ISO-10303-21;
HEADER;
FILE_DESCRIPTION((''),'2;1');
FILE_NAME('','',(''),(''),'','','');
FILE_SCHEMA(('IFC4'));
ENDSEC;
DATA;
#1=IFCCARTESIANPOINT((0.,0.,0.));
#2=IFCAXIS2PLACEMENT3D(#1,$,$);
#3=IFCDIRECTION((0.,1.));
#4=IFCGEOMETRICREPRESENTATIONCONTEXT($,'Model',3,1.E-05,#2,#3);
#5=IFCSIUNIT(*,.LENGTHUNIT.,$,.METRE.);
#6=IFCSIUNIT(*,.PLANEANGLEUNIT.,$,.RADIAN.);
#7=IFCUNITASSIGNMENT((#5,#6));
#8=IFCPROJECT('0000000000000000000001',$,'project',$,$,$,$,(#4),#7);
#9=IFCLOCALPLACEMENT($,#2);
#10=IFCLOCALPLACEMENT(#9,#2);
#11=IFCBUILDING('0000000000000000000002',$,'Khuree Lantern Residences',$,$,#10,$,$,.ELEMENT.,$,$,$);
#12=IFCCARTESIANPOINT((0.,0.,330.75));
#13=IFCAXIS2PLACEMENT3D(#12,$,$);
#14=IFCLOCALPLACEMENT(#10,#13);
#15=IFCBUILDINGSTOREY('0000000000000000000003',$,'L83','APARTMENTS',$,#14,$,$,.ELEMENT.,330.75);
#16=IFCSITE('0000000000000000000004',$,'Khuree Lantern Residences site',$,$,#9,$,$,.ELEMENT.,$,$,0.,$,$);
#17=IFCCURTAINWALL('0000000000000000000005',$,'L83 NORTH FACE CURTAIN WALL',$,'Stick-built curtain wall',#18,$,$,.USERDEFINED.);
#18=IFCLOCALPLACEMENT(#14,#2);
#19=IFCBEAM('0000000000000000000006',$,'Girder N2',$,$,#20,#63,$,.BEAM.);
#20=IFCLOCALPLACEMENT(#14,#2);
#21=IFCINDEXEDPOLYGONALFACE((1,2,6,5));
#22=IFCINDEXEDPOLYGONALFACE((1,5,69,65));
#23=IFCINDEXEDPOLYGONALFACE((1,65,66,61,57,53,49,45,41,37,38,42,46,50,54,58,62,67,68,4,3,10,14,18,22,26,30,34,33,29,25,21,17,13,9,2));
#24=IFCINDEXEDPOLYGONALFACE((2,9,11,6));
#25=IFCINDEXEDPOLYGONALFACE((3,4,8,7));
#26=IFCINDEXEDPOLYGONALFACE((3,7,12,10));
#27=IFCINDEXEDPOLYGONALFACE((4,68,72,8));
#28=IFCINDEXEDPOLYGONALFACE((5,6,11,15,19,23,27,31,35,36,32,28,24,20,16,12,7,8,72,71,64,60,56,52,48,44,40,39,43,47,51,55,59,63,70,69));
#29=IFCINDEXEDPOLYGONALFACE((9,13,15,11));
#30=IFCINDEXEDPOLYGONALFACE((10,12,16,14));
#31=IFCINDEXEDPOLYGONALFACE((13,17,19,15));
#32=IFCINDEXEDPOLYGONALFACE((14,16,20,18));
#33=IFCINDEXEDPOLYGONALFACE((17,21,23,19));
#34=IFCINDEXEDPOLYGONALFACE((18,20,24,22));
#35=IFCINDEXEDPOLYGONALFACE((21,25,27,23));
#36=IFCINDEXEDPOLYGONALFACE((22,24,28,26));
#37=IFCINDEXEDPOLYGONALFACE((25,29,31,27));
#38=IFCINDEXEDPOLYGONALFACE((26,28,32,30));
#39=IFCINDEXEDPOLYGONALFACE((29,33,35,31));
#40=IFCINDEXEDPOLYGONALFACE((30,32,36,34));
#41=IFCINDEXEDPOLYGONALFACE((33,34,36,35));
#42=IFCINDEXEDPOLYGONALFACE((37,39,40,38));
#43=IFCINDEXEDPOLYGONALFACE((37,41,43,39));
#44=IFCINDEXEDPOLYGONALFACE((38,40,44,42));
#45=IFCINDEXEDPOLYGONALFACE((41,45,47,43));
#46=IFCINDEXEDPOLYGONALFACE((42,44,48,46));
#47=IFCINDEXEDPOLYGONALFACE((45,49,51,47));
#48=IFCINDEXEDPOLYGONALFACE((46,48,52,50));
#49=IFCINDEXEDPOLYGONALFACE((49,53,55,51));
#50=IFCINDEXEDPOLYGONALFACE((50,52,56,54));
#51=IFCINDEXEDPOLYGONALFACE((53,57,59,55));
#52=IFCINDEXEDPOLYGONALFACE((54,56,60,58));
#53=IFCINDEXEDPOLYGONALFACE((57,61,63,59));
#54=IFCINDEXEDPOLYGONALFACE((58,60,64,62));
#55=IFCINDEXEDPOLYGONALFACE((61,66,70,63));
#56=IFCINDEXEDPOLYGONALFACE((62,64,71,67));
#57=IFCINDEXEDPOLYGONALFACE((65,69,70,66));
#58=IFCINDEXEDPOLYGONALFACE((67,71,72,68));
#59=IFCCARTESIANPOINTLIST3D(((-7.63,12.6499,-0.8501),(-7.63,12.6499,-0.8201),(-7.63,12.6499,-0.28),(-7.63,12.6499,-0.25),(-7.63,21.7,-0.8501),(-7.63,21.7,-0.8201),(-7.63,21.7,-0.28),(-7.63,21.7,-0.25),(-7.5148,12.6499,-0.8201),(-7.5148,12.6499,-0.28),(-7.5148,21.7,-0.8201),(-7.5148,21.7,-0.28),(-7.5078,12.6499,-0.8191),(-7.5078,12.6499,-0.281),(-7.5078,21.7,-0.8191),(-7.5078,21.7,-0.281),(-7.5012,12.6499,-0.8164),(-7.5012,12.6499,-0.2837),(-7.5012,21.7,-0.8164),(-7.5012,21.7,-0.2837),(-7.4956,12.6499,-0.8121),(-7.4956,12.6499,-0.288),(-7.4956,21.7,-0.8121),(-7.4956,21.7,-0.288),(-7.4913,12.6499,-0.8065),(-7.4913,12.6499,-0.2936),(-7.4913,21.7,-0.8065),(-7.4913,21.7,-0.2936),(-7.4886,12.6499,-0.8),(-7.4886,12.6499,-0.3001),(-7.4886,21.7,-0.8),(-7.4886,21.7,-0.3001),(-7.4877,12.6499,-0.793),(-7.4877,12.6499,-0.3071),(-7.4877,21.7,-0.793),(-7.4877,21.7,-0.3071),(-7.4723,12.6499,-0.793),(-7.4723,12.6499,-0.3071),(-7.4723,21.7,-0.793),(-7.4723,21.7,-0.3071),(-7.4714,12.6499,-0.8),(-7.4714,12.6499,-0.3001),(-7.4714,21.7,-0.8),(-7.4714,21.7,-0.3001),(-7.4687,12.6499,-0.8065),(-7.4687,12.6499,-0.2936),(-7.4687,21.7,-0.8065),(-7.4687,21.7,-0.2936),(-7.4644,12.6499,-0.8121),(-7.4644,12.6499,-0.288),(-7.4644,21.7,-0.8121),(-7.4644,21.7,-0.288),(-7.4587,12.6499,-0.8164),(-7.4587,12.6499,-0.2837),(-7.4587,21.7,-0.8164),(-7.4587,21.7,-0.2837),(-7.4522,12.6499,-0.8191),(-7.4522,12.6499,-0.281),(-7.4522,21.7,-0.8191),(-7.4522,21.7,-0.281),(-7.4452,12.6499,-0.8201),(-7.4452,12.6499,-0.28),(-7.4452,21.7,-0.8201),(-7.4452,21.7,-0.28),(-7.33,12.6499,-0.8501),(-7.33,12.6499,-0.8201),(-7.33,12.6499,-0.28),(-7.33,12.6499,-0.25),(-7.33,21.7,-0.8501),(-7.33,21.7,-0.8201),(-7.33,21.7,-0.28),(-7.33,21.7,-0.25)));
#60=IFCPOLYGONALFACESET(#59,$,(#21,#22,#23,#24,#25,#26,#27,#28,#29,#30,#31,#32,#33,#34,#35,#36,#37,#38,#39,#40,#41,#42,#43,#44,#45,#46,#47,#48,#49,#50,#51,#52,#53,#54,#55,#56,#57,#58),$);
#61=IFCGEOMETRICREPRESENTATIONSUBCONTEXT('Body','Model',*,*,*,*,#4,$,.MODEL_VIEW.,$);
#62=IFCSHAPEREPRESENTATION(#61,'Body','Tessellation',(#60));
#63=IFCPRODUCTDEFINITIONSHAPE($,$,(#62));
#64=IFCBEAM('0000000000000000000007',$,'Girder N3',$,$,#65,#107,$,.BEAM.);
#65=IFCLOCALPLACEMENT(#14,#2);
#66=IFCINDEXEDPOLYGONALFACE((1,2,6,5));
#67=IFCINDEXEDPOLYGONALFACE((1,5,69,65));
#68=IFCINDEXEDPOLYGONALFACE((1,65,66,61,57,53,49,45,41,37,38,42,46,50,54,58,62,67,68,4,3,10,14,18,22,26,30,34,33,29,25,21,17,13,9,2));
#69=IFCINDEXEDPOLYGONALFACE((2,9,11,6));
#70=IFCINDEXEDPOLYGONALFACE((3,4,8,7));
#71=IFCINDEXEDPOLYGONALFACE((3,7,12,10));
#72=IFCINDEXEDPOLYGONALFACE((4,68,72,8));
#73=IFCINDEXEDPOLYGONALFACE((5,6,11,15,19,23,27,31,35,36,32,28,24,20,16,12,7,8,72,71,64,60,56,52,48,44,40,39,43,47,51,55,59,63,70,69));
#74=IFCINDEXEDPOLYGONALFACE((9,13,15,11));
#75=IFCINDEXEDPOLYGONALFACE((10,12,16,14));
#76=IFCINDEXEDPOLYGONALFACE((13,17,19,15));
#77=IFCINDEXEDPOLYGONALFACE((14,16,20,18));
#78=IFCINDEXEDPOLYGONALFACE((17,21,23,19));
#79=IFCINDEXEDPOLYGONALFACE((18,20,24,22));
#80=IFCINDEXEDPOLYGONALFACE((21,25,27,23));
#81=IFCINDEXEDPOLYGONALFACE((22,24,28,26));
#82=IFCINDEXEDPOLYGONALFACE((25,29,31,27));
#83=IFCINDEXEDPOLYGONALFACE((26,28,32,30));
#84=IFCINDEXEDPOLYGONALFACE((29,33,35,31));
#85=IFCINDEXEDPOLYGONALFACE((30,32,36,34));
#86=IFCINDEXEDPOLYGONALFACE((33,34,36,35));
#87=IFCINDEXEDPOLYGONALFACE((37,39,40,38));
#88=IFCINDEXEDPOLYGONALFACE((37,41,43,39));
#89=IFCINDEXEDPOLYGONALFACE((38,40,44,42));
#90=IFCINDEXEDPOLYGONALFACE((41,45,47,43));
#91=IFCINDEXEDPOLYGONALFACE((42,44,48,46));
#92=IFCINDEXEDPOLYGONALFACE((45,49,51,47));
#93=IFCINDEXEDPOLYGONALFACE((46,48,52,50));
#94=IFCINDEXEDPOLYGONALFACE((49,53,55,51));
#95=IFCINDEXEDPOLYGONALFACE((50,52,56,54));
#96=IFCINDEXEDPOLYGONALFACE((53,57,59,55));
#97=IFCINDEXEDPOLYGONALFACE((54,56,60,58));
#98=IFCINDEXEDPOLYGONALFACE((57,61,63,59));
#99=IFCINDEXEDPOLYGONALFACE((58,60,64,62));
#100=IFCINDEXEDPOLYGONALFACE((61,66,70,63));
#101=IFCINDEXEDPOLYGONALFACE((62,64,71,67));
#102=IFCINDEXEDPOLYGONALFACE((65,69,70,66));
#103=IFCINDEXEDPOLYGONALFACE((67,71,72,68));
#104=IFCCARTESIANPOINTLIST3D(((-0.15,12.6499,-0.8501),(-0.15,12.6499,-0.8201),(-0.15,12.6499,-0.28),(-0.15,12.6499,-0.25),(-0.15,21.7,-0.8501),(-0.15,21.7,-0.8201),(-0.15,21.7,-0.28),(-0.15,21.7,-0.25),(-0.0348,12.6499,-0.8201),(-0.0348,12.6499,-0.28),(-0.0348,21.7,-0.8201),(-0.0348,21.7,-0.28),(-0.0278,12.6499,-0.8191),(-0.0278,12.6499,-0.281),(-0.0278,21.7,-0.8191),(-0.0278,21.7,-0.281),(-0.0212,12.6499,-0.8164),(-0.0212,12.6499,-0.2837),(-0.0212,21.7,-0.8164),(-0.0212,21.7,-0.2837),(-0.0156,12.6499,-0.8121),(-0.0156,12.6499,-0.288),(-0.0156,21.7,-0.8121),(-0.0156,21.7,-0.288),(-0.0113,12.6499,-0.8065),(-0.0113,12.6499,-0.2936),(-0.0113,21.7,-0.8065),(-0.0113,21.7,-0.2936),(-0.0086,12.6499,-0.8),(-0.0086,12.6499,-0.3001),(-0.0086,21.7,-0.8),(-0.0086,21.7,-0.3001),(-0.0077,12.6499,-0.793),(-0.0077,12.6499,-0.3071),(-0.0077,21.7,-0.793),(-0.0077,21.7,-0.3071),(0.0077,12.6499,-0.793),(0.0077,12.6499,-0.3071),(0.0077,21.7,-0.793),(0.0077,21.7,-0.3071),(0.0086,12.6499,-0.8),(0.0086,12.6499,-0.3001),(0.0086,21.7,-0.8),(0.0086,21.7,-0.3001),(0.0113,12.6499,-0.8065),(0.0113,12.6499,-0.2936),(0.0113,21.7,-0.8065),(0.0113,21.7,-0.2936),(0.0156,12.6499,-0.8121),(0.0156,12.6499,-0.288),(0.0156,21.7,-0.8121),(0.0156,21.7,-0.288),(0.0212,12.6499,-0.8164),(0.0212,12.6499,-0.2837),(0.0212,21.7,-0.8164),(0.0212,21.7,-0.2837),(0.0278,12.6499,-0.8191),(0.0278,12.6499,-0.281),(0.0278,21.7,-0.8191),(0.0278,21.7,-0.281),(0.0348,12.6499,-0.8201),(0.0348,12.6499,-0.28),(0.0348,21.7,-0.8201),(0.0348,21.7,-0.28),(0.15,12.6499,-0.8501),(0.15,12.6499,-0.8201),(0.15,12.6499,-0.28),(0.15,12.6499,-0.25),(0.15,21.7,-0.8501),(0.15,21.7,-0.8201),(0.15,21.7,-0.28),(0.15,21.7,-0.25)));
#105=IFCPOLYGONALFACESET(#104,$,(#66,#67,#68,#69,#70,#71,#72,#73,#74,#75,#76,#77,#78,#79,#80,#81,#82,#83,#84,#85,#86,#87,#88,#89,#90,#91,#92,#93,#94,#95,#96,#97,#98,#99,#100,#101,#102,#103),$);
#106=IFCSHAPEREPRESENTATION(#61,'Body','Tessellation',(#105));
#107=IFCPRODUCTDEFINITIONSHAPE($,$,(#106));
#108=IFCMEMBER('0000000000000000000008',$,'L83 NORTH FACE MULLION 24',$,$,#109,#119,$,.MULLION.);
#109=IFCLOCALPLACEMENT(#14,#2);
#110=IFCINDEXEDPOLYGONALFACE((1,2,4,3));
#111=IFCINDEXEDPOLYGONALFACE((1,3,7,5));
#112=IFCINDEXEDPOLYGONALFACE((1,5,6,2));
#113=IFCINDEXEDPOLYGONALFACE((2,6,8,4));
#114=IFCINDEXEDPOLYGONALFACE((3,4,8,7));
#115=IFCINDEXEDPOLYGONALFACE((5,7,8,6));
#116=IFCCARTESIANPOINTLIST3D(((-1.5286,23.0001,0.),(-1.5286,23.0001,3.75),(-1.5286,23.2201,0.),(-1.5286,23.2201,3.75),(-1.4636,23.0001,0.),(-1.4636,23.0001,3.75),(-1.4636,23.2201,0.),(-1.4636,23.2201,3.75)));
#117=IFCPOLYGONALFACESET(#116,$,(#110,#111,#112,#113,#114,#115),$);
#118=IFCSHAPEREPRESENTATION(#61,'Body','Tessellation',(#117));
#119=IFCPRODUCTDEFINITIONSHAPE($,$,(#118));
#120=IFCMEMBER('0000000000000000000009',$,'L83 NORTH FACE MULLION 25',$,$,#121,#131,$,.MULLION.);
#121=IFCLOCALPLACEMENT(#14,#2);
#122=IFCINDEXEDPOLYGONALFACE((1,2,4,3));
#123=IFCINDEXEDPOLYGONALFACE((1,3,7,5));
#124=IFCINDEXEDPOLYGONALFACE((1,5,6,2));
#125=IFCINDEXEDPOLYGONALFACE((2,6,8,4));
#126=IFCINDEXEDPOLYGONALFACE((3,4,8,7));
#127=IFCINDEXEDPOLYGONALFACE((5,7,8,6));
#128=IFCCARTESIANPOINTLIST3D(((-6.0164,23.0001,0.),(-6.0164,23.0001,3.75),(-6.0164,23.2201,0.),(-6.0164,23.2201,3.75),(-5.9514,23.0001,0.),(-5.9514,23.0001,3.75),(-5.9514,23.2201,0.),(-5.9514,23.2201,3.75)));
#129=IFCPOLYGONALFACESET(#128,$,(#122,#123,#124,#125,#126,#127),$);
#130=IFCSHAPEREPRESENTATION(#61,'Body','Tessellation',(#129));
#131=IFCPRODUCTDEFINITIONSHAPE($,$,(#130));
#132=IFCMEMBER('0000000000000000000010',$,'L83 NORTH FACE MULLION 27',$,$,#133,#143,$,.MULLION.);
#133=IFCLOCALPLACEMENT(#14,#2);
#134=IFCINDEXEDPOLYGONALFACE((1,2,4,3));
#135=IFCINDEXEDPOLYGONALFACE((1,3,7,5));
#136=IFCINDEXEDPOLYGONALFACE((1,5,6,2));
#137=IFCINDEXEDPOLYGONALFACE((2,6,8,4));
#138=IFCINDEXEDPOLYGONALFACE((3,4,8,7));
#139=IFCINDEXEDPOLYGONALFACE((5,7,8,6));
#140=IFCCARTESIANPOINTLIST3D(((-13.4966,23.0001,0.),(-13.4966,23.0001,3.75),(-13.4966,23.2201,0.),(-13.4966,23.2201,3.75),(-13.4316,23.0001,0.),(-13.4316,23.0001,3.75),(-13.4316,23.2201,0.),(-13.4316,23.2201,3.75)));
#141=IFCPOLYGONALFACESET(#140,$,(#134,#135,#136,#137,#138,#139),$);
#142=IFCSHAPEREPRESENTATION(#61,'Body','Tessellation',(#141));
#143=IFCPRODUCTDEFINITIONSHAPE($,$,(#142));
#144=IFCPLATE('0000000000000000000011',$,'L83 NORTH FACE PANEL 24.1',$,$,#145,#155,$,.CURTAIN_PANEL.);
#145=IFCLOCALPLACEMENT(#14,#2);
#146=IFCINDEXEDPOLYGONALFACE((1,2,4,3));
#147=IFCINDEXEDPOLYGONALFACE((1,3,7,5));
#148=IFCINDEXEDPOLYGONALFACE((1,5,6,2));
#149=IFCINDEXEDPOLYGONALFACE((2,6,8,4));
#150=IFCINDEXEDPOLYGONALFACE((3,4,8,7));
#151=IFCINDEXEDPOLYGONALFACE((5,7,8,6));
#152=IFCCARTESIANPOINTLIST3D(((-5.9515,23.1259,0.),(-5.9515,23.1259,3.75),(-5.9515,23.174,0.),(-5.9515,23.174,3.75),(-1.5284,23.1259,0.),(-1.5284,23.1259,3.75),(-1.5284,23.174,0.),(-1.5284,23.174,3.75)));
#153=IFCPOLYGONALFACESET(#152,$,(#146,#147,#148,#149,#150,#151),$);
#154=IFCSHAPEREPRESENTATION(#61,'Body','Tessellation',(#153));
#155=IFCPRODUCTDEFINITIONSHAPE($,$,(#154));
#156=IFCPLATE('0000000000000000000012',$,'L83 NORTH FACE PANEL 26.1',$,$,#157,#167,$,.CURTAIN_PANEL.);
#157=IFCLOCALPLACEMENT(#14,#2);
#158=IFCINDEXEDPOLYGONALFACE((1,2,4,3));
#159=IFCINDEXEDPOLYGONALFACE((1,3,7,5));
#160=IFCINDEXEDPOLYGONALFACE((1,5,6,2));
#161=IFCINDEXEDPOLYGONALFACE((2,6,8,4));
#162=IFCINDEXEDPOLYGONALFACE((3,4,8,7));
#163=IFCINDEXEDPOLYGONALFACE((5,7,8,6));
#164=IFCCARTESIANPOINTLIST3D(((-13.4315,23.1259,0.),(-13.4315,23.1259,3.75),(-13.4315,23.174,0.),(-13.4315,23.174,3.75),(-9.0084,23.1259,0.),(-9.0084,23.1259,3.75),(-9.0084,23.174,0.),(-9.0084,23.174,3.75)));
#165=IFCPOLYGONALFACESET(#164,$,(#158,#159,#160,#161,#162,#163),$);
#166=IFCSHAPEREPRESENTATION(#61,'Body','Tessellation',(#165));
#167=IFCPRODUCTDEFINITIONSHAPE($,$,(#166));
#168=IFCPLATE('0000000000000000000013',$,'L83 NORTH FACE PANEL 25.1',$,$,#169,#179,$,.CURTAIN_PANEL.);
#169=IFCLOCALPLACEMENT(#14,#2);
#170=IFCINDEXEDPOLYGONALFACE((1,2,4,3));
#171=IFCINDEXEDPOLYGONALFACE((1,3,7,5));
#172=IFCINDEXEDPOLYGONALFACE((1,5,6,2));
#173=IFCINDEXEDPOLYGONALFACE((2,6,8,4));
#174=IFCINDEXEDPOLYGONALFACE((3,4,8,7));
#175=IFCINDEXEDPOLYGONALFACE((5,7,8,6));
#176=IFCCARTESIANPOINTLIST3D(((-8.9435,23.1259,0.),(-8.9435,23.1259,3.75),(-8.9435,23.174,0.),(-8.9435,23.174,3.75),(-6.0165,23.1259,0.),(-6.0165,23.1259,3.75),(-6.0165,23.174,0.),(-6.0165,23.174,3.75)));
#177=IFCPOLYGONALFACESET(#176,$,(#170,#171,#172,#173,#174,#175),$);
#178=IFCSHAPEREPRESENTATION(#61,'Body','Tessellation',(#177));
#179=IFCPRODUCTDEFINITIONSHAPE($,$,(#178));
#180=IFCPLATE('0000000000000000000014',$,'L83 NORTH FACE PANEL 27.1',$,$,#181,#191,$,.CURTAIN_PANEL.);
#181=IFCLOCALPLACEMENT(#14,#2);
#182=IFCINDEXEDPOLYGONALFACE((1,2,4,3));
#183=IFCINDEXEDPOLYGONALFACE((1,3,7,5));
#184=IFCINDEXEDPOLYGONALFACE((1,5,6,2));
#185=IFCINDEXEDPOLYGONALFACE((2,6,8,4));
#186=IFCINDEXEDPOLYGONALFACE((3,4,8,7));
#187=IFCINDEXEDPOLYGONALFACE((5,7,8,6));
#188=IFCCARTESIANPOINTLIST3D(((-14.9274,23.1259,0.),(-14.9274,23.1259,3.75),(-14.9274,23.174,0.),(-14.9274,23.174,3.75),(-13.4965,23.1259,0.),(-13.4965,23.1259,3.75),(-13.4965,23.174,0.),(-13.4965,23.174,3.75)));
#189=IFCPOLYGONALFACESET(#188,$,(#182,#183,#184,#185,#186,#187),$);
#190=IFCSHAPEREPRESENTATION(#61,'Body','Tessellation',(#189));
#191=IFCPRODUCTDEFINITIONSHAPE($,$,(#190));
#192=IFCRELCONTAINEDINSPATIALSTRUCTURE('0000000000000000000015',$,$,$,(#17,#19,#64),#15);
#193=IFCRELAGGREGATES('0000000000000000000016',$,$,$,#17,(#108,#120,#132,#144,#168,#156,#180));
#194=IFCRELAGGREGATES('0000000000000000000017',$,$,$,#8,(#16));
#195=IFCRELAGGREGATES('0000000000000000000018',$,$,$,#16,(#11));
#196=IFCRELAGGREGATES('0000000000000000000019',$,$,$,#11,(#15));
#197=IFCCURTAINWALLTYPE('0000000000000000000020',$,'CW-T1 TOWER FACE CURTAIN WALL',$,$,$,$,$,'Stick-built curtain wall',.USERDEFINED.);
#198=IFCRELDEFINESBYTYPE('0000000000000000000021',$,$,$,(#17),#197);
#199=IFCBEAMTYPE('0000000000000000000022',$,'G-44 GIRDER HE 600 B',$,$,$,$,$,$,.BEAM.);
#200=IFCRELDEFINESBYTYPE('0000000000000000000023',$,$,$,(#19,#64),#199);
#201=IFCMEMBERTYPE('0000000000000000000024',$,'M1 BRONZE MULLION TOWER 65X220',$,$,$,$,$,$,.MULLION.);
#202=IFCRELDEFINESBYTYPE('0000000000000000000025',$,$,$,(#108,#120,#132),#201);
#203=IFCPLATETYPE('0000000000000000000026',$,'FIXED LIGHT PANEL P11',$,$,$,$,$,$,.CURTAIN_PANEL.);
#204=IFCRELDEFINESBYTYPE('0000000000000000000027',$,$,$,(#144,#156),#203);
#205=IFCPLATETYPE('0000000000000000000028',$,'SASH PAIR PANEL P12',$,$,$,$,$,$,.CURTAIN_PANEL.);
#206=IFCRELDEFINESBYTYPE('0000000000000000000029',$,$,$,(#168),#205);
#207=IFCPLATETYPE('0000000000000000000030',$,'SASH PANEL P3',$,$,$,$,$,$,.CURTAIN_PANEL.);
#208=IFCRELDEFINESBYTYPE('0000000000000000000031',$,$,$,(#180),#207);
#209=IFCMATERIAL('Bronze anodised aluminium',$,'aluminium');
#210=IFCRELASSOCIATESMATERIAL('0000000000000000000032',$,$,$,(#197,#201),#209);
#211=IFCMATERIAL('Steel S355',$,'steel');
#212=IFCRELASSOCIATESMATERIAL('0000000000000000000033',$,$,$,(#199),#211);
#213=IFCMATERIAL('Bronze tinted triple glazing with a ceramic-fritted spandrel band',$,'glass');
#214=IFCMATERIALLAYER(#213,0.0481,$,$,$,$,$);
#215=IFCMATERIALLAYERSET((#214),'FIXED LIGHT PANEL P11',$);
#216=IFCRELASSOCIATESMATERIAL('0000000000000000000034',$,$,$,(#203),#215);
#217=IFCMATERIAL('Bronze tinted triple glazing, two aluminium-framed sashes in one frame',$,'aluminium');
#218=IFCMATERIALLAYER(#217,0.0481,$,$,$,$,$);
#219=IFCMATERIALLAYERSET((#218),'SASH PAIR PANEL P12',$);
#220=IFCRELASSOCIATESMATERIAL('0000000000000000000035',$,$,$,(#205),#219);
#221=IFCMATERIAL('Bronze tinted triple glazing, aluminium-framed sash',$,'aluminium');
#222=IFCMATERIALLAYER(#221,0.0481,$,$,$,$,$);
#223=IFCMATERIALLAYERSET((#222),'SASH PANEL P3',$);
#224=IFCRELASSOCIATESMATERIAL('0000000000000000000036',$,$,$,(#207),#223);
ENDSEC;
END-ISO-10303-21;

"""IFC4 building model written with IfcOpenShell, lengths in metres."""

from ifc_helpers import new_model, si_unit, direction, frame, origin, origin_2d, place, context, subcontext, project, spatial, rectangle, i_section, extrude, material, layer, layer_set, material_profile, profile_set, type_object, element, aggregate, save


model = new_model("IFC4")

# Units and contexts
model_context = context("Model", 3, precision=1e-05, world=origin(), true_north=direction((0.0, 1.0)))
body_context = subcontext(model_context, "Body", "Model", "MODEL_VIEW")
ifc_project = project(units=[si_unit("LENGTHUNIT", "METRE"), si_unit("PLANEANGLEUNIT", "RADIAN")], contexts=[model_context])

# Site, building, storey
site_placement = place(None, origin())
site = spatial("IfcSite", under=ifc_project, at=site_placement, Name="Khuree Lantern Residences site", CompositionType="ELEMENT", RefElevation=0.0)
building_placement = place(site_placement, origin())
building = spatial("IfcBuilding", under=site, at=building_placement, Name="Khuree Lantern Residences", CompositionType="ELEMENT")
storey_placement = place(building_placement, frame((0.0, 0.0, 330.75)))
storey = spatial("IfcBuildingStorey", under=building, at=storey_placement, Name="L83", Description="APARTMENTS", CompositionType="ELEMENT", Elevation=330.75)

# Shared definitions
ifc_material_1 = material(Name="Steel S355", Category="steel")

# Curtain wall
ifc_material_2 = material(Name="Bronze anodised aluminium", Category="aluminium")
curtain_wall_type = type_object("IfcCurtainWallType", Name="CW-T1 TOWER FACE CURTAIN WALL", ElementType="Stick-built curtain wall", PredefinedType="USERDEFINED", material=ifc_material_2)
curtain_wall_placement = place(storey_placement, origin())
curtain_wall = element("IfcCurtainWall", 1, at=curtain_wall_placement, inside=storey, type_object=curtain_wall_type, Name="L83 NORTH FACE CURTAIN WALL", ObjectType="Stick-built curtain wall", PredefinedType="USERDEFINED")

# Beams
ifc_material_profile_1 = material_profile(ifc_material_1, i_section(OverallWidth=0.3, OverallDepth=0.6001, WebThickness=0.0154, FlangeThickness=0.03, FilletRadius=0.0271, at=origin_2d()), Name="HE 600 B")
ifc_profile_set_1 = profile_set([ifc_material_profile_1], Name="Steel S355")
beam_type_1 = type_object("IfcBeamType", Name="G-44 GIRDER HE 600 B", PredefinedType="BEAM", material=ifc_profile_set_1)
for number, where, z_axis, x_axis, name in (
    (2, (-7.48, 21.7, -0.55), (0.0, -1.0, 0.0), (1.0, 0.0, 0.0), "Girder N2"),
    (3, (0.0, 21.7, -0.55), (0.0, -1.0, 0.0), (1.0, 0.0, 0.0), "Girder N3"),
):
    element("IfcBeam", number, at=place(storey_placement, frame(where, z_axis=z_axis, x_axis=x_axis)), inside=storey, type_object=beam_type_1, Name=name, PredefinedType="BEAM", context=body_context, shape_type="SweptSolid", body=[
        extrude(i_section(OverallWidth=0.3, OverallDepth=0.6001, WebThickness=0.0154, FlangeThickness=0.03, FilletRadius=0.0271, at=origin_2d()), origin(), (0.0, 0.0, 1.0), 9.05),
    ])

# Members
ifc_material_profile_2 = material_profile(ifc_material_2, rectangle(XDim=0.0649, YDim=0.22, at=origin_2d()), Name="M1 65X220")
ifc_profile_set_2 = profile_set([ifc_material_profile_2], Name="Bronze anodised aluminium")
member_type_1 = type_object("IfcMemberType", Name="M1 BRONZE MULLION TOWER 65X220", PredefinedType="MULLION", material=ifc_profile_set_2)
member_1_placement = place(storey_placement, frame((-1.4961, 23.1101, 0.0), z_axis=(0.0, 0.0, 1.0), x_axis=(-1.0, 0.0, 0.0)))
member_1 = element("IfcMember", 4, at=member_1_placement, type_object=member_type_1, Name="L83 NORTH FACE MULLION 24", PredefinedType="MULLION", context=body_context, shape_type="SweptSolid", body=[
    extrude(rectangle(XDim=0.0649, YDim=0.22, at=origin_2d()), origin(), (0.0, 0.0, 1.0), 3.75),
])
member_2_placement = place(storey_placement, frame((-5.9839, 23.1101, 0.0), z_axis=(0.0, 0.0, 1.0), x_axis=(-1.0, 0.0, 0.0)))
member_2 = element("IfcMember", 5, at=member_2_placement, type_object=member_type_1, Name="L83 NORTH FACE MULLION 25", PredefinedType="MULLION", context=body_context, shape_type="SweptSolid", body=[
    extrude(rectangle(XDim=0.0649, YDim=0.22, at=origin_2d()), origin(), (0.0, 0.0, 1.0), 3.75),
])
member_3_placement = place(storey_placement, frame((-13.4641, 23.1101, 0.0), z_axis=(0.0, 0.0, 1.0), x_axis=(-1.0, 0.0, 0.0)))
member_3 = element("IfcMember", 6, at=member_3_placement, type_object=member_type_1, Name="L83 NORTH FACE MULLION 27", PredefinedType="MULLION", context=body_context, shape_type="SweptSolid", body=[
    extrude(rectangle(XDim=0.0649, YDim=0.22, at=origin_2d()), origin(), (0.0, 0.0, 1.0), 3.75),
])

# Plates
ifc_material_3 = material(Name="Bronze tinted triple glazing with a ceramic-fritted spandrel band", Category="glass")
ifc_layer_1 = layer(ifc_material_3, 0.0481)
ifc_layer_set_1 = layer_set([ifc_layer_1], Name="FIXED LIGHT PANEL P11")
plate_type_1 = type_object("IfcPlateType", Name="FIXED LIGHT PANEL P11", PredefinedType="CURTAIN_PANEL", material=ifc_layer_set_1)
plate_1_placement = place(storey_placement, frame((-3.74, 23.1499, 0.0), z_axis=(0.0, 0.0, 1.0), x_axis=(-1.0, 0.0, 0.0)))
plate_1 = element("IfcPlate", 7, at=plate_1_placement, type_object=plate_type_1, Name="L83 NORTH FACE PANEL 24.1", PredefinedType="CURTAIN_PANEL", context=body_context, shape_type="SweptSolid", body=[
    extrude(rectangle(XDim=4.4231, YDim=0.0481, at=origin_2d()), origin(), (0.0, 0.0, 1.0), 3.75),
])
plate_2_placement = place(storey_placement, frame((-11.22, 23.1499, 0.0), z_axis=(0.0, 0.0, 1.0), x_axis=(-1.0, 0.0, 0.0)))
plate_2 = element("IfcPlate", 8, at=plate_2_placement, type_object=plate_type_1, Name="L83 NORTH FACE PANEL 26.1", PredefinedType="CURTAIN_PANEL", context=body_context, shape_type="SweptSolid", body=[
    extrude(rectangle(XDim=4.4231, YDim=0.0481, at=origin_2d()), origin(), (0.0, 0.0, 1.0), 3.75),
])
ifc_material_4 = material(Name="Bronze tinted triple glazing, two aluminium-framed sashes in one frame", Category="aluminium")
ifc_layer_2 = layer(ifc_material_4, 0.0481)
ifc_layer_set_2 = layer_set([ifc_layer_2], Name="SASH PAIR PANEL P12")
plate_type_2 = type_object("IfcPlateType", Name="SASH PAIR PANEL P12", PredefinedType="CURTAIN_PANEL", material=ifc_layer_set_2)
plate_3_placement = place(storey_placement, frame((-7.48, 23.1499, 0.0), z_axis=(0.0, 0.0, 1.0), x_axis=(-1.0, 0.0, 0.0)))
plate_3 = element("IfcPlate", 9, at=plate_3_placement, type_object=plate_type_2, Name="L83 NORTH FACE PANEL 25.1", PredefinedType="CURTAIN_PANEL", context=body_context, shape_type="SweptSolid", body=[
    extrude(rectangle(XDim=2.927, YDim=0.0481, at=origin_2d()), origin(), (0.0, 0.0, 1.0), 3.75),
])
ifc_material_5 = material(Name="Bronze tinted triple glazing, aluminium-framed sash", Category="aluminium")
ifc_layer_3 = layer(ifc_material_5, 0.0481)
ifc_layer_set_3 = layer_set([ifc_layer_3], Name="SASH PANEL P3")
plate_type_3 = type_object("IfcPlateType", Name="SASH PANEL P3", PredefinedType="CURTAIN_PANEL", material=ifc_layer_set_3)
plate_4_placement = place(storey_placement, frame((-14.2119, 23.1499, 0.0), z_axis=(0.0, 0.0, 1.0), x_axis=(-1.0, 0.0, 0.0)))
plate_4 = element("IfcPlate", 10, at=plate_4_placement, type_object=plate_type_3, Name="L83 NORTH FACE PANEL 27.1", PredefinedType="CURTAIN_PANEL", context=body_context, shape_type="SweptSolid", body=[
    extrude(rectangle(XDim=1.4309, YDim=0.0481, at=origin_2d()), origin(), (0.0, 0.0, 1.0), 3.75),
])
aggregate(curtain_wall, [member_1, member_2, member_3, plate_1, plate_3, plate_2, plate_4])

save(model, "model.ifc")
